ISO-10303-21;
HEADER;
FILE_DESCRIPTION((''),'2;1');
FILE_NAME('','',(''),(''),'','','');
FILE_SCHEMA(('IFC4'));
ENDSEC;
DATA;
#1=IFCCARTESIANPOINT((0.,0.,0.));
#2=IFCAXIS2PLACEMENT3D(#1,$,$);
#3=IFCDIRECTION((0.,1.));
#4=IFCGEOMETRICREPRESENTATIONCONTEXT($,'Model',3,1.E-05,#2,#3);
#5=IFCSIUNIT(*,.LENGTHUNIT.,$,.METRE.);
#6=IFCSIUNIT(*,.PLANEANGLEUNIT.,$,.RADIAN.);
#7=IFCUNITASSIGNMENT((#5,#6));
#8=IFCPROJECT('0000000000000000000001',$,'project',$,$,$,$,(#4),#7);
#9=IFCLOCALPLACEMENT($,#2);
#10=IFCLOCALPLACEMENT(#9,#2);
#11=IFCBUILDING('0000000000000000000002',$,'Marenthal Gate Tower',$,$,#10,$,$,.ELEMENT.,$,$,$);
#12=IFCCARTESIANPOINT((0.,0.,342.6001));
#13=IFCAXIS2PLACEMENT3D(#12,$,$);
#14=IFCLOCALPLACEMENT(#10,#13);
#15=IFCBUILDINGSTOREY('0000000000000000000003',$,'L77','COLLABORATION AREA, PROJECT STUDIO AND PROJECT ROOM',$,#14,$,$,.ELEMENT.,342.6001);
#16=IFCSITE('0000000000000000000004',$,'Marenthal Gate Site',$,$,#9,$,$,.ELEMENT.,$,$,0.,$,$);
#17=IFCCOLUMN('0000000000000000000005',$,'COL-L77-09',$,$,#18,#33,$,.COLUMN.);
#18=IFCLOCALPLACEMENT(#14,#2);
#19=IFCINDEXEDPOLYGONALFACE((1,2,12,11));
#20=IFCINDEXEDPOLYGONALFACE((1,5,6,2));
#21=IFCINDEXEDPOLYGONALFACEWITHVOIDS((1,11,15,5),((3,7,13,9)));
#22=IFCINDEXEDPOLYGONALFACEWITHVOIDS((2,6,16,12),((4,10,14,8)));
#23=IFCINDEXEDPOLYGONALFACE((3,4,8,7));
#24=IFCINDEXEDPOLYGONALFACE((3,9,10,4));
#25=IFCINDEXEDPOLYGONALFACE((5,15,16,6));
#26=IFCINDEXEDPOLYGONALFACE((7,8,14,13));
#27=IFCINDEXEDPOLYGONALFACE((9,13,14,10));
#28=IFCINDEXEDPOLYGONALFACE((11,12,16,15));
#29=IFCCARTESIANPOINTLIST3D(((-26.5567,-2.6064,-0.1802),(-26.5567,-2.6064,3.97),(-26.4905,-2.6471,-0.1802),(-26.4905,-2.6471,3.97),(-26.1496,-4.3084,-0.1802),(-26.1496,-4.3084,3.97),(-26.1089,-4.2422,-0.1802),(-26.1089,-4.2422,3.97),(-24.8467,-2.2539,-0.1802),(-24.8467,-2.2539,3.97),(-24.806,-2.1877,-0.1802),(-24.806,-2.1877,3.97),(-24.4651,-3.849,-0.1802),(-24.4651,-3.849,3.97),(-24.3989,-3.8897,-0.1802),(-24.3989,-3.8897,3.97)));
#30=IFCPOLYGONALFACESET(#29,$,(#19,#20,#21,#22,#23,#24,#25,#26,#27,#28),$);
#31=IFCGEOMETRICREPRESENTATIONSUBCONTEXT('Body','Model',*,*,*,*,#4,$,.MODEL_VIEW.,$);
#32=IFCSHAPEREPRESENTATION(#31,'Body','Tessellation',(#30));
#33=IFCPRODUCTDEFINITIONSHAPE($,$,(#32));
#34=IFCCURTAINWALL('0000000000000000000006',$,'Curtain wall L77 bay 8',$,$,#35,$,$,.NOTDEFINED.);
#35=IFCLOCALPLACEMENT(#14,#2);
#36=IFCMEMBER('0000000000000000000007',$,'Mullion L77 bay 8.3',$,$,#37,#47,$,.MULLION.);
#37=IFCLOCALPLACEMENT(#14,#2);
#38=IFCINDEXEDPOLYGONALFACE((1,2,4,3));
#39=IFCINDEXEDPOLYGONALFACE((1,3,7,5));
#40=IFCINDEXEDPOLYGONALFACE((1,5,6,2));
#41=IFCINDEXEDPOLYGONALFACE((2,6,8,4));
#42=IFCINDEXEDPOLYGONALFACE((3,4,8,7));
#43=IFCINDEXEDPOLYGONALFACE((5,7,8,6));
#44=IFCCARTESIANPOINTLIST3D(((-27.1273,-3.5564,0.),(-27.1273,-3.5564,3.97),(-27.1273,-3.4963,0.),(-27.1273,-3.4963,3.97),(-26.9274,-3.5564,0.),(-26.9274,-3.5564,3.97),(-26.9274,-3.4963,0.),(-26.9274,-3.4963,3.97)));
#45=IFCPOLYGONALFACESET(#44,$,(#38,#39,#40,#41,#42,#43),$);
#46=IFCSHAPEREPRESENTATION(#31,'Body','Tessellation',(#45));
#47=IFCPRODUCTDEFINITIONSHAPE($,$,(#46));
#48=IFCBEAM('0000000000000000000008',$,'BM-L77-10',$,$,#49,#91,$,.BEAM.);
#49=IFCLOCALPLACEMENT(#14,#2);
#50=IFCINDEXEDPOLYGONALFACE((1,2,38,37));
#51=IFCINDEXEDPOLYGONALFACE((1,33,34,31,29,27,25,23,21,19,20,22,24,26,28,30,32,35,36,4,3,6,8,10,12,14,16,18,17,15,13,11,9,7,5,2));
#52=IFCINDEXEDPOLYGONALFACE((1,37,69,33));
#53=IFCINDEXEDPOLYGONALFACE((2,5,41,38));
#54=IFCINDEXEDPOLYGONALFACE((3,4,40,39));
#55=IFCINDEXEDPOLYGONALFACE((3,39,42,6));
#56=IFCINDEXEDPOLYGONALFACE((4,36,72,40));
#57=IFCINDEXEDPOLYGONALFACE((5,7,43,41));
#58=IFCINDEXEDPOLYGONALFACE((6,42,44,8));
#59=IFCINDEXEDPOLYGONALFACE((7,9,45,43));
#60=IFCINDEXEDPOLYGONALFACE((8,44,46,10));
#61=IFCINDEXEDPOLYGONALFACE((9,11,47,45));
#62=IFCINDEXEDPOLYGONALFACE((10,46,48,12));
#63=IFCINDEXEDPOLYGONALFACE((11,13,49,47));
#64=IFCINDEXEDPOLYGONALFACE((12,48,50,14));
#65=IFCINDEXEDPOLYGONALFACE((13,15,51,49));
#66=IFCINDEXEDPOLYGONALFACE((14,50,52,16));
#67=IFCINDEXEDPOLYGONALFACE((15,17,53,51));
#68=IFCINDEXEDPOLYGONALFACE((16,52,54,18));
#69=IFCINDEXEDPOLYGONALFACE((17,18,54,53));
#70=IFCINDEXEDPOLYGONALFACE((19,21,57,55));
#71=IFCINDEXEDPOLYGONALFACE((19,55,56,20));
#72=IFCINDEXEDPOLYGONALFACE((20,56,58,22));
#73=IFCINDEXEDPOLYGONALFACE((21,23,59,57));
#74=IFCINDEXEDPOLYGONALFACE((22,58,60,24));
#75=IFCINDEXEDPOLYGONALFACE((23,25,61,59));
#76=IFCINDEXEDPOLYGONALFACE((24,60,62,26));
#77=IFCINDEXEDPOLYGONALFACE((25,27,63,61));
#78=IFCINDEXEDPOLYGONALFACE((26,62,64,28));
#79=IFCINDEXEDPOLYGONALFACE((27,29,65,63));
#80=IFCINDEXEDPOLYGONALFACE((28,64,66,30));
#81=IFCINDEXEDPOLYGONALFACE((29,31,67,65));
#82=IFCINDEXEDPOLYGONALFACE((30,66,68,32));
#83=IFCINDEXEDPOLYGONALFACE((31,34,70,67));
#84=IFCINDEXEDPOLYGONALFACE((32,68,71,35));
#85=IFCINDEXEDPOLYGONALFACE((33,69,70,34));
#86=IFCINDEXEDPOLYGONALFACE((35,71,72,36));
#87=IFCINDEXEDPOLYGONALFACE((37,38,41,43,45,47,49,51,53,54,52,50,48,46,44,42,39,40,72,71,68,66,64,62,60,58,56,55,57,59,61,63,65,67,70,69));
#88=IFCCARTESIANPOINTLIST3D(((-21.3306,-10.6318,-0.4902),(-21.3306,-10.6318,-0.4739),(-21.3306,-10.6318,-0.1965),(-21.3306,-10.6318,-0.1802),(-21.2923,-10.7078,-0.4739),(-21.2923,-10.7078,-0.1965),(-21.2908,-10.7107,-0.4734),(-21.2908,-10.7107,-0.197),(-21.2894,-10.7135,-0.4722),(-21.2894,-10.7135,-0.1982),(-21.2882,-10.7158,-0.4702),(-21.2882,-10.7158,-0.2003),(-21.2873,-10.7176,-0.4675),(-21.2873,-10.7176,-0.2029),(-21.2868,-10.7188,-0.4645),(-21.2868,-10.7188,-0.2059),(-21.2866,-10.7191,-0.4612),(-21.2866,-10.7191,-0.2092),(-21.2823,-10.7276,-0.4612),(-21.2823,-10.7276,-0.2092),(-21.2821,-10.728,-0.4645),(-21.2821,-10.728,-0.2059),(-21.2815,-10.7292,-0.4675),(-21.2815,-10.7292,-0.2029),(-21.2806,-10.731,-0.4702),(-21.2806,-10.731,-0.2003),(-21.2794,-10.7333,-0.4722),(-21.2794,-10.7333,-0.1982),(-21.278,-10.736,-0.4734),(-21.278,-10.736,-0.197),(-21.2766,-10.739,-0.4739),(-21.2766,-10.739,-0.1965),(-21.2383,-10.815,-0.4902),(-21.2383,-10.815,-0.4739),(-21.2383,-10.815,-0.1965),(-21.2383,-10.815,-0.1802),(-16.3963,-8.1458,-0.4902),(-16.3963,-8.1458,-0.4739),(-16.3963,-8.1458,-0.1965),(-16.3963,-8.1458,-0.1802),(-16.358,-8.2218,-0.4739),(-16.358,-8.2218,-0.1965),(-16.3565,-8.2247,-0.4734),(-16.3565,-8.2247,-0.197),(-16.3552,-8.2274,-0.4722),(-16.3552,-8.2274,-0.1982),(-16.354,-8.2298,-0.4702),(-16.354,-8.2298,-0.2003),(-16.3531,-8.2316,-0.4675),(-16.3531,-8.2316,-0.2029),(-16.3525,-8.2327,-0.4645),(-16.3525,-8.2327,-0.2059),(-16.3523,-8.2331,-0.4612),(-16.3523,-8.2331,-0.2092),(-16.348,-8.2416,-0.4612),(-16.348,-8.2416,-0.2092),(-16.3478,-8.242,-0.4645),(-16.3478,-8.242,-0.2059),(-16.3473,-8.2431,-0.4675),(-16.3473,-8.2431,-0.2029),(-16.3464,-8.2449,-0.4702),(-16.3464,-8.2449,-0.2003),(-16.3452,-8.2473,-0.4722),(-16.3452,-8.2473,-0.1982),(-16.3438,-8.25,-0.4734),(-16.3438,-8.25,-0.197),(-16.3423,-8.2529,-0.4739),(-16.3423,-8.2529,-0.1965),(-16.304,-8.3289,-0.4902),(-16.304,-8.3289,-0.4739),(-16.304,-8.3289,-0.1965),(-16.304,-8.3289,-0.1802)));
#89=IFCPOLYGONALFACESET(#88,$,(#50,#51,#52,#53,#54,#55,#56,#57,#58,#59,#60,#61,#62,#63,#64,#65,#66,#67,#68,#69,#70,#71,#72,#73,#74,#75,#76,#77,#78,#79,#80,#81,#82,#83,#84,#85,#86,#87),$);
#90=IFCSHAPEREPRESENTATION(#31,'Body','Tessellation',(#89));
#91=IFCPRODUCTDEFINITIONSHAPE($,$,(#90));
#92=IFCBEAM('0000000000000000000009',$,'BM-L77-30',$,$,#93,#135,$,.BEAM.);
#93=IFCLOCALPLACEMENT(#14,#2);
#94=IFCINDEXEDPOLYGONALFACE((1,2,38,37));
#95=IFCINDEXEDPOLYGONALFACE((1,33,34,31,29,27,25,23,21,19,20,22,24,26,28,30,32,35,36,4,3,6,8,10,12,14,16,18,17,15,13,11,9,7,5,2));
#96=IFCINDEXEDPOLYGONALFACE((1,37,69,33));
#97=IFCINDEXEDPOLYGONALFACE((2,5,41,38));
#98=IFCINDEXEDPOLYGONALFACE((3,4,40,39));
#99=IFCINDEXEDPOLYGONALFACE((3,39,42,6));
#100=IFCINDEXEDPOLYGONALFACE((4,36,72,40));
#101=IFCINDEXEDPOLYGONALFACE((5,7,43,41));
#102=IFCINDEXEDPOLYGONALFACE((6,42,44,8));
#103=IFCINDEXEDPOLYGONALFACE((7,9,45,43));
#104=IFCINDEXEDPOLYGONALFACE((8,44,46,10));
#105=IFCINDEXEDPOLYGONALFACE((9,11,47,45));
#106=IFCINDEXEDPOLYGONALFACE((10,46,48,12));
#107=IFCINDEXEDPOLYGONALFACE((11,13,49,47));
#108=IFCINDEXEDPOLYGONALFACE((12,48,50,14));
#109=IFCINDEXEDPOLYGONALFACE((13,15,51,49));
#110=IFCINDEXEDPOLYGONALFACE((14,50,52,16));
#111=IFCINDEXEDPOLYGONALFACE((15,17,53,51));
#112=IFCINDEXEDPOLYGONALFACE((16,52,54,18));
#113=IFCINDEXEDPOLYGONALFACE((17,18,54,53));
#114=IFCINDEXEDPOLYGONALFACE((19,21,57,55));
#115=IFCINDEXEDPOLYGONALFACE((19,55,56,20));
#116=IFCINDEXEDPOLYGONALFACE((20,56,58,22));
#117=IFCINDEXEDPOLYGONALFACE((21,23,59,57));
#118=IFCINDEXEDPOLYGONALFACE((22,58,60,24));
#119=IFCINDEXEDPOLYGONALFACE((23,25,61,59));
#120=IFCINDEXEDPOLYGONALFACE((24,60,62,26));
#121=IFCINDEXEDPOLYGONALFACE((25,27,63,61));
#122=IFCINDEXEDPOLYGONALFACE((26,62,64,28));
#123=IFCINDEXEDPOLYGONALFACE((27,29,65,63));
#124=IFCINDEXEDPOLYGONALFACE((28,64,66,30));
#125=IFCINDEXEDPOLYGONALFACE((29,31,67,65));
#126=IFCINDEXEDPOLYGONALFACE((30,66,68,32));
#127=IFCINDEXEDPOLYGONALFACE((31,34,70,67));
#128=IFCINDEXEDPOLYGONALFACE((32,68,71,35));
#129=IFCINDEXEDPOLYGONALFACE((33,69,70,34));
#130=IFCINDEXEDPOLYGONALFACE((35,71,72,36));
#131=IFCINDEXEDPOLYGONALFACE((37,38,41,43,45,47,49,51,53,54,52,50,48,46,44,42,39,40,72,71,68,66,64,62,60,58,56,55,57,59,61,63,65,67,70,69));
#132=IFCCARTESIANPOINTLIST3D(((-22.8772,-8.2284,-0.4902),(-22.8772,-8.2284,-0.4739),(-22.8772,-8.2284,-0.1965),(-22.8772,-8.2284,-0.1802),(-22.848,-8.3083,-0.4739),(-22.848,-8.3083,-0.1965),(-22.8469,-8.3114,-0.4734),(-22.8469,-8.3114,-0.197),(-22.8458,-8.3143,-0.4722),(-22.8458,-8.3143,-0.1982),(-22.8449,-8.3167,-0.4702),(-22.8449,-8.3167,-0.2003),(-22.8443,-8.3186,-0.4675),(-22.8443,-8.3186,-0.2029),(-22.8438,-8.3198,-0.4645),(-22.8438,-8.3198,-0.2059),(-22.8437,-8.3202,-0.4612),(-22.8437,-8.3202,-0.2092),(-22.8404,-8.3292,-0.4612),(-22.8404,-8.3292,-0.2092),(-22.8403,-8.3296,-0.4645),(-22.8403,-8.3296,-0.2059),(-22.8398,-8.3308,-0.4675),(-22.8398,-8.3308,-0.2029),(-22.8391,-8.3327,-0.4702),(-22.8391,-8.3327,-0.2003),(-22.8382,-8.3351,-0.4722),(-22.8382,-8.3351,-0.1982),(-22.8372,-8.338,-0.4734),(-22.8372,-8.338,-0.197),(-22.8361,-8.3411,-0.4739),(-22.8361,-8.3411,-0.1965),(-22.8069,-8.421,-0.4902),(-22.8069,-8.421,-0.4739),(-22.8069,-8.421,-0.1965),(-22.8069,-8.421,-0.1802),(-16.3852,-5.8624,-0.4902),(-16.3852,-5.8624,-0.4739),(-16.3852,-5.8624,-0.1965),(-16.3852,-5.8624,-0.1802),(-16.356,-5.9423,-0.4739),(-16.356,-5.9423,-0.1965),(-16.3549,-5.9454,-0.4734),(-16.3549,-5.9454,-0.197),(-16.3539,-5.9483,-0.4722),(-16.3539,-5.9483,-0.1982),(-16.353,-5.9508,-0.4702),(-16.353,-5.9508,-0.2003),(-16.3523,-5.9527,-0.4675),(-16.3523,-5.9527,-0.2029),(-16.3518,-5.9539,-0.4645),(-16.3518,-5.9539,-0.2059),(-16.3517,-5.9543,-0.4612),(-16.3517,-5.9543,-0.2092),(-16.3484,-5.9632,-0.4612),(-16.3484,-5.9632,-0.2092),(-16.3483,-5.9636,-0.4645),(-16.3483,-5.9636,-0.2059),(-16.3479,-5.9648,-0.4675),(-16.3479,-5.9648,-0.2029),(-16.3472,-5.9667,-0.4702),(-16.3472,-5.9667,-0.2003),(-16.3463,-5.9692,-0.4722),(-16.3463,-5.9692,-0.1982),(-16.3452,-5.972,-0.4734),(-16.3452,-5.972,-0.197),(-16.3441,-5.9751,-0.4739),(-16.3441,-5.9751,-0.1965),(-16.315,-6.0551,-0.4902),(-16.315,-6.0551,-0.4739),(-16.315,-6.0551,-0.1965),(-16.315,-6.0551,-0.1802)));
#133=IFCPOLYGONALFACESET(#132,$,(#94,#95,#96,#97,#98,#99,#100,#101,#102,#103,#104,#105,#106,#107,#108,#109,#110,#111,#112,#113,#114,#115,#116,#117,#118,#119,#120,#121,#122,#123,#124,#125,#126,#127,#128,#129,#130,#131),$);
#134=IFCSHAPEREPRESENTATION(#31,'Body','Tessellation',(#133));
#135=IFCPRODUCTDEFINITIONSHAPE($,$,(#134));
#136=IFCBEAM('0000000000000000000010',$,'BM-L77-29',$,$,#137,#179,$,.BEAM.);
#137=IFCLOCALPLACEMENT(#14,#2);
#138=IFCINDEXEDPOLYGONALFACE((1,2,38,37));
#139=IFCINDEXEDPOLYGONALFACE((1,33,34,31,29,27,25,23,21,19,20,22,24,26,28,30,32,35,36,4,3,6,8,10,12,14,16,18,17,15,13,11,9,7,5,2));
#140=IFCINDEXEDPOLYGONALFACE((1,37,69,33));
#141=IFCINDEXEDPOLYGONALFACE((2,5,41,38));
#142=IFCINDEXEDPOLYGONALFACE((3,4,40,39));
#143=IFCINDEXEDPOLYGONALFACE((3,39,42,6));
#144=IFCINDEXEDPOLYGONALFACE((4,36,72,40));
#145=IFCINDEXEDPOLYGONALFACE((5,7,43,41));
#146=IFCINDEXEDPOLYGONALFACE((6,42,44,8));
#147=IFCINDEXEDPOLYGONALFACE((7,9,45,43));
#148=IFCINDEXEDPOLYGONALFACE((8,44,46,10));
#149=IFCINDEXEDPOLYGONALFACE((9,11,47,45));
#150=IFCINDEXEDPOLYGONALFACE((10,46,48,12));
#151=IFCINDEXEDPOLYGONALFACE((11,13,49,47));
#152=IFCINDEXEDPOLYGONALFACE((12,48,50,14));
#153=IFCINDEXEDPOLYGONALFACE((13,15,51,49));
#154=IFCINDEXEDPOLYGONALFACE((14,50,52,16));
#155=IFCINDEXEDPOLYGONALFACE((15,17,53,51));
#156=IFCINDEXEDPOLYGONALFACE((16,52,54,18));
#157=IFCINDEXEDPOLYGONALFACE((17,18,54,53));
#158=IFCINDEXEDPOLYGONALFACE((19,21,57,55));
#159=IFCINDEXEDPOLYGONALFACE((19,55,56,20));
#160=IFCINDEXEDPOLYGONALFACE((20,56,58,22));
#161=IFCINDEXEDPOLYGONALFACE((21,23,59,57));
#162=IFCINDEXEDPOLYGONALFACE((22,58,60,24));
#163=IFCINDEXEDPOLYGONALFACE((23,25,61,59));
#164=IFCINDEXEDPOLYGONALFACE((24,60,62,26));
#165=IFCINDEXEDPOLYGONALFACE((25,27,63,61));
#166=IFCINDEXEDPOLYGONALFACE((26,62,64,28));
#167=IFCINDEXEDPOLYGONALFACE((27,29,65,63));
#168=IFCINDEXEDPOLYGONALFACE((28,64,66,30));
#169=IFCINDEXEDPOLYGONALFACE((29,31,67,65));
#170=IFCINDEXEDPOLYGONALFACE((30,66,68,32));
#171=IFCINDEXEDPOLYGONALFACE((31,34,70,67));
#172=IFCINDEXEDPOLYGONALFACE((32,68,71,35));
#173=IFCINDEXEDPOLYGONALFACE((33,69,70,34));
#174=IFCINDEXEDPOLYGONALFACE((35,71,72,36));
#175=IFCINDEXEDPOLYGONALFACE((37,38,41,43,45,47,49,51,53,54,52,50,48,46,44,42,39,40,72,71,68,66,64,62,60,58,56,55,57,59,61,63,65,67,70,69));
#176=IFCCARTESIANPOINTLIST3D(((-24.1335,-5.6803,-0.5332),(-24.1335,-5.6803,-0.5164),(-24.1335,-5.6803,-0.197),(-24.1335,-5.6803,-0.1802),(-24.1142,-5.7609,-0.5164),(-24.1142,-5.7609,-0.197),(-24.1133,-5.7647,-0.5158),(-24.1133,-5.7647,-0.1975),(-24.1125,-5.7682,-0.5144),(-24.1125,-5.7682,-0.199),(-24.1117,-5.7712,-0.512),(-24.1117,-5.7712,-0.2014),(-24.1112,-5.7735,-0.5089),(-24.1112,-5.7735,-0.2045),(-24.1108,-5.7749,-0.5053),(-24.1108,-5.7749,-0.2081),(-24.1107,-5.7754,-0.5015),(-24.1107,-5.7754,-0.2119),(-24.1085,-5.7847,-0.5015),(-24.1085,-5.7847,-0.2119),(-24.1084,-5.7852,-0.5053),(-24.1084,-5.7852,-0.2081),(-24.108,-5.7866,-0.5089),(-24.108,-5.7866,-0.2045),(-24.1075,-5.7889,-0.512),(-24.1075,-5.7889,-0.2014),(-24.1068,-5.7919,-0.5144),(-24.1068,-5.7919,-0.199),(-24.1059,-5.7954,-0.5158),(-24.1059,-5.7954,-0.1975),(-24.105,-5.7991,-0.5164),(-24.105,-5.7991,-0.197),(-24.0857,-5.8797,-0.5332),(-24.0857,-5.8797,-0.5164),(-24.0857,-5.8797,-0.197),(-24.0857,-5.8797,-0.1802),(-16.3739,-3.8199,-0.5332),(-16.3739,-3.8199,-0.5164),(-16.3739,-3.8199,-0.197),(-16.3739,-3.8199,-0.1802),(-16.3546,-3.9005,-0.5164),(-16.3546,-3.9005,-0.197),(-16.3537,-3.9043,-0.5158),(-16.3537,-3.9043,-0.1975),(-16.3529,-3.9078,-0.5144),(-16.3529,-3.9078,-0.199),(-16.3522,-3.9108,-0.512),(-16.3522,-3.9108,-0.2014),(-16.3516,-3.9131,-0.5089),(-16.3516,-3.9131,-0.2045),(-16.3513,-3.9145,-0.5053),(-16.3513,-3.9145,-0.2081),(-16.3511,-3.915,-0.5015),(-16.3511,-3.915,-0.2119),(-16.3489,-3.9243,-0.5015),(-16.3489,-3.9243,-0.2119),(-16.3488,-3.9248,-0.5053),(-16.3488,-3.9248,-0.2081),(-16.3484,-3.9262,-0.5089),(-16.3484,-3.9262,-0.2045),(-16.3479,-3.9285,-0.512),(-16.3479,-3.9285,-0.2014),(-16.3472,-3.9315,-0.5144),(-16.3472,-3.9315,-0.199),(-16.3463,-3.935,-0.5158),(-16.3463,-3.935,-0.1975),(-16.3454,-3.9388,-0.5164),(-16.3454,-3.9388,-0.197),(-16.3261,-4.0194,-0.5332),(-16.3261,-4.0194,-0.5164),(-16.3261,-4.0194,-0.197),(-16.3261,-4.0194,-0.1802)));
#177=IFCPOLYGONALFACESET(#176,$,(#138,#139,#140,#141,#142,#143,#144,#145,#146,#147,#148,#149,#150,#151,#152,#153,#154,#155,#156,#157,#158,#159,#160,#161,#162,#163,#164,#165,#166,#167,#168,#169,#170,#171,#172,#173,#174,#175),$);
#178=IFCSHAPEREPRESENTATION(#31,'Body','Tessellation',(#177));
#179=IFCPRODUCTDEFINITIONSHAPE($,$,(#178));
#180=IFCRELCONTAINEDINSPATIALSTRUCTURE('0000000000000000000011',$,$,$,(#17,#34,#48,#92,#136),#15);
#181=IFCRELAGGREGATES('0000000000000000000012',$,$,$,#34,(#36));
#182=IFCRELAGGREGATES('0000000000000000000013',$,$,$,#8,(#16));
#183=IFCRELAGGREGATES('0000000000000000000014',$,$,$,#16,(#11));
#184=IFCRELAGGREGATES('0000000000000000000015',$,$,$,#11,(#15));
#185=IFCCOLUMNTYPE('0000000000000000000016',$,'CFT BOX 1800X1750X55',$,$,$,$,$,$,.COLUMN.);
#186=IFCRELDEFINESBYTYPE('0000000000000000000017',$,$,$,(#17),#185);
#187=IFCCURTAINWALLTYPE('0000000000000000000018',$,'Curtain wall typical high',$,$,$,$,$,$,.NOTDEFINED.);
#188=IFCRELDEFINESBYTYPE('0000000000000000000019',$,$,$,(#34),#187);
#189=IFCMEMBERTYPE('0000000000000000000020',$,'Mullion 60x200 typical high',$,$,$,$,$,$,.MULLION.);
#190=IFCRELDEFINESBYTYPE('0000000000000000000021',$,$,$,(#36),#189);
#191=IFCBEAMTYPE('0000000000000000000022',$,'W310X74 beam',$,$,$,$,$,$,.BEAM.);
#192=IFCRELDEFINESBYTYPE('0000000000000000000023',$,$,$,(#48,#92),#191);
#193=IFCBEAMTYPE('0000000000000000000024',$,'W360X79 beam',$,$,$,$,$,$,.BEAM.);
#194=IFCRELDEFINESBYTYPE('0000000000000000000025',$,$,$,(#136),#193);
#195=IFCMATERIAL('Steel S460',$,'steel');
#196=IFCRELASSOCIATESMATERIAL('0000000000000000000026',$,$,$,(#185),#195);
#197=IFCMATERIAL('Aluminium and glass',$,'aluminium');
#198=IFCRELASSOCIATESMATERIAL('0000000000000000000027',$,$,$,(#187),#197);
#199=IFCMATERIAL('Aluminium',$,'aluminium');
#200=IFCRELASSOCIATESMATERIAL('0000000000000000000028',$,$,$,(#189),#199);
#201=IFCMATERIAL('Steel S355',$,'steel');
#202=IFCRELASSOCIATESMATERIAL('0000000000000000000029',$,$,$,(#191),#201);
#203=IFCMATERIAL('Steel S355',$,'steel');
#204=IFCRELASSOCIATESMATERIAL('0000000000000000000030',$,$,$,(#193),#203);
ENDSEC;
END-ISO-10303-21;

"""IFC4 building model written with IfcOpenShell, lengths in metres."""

from ifc_helpers import new_model, si_unit, direction, frame, origin, origin_2d, place, context, subcontext, project, spatial, rectangle, hollow_rectangle, i_section, extrude, material, material_profile, profile_set, type_object, element, aggregate, save


model = new_model("IFC4")

# Units and contexts
model_context = context("Model", 3, precision=1e-05, world=origin(), true_north=direction((0.0, 1.0)))
body_context = subcontext(model_context, "Body", "Model", "MODEL_VIEW")
ifc_project = project(units=[si_unit("LENGTHUNIT", "METRE"), si_unit("PLANEANGLEUNIT", "RADIAN")], contexts=[model_context])

# Site, building, storey
site_placement = place(None, origin())
site = spatial("IfcSite", under=ifc_project, at=site_placement, Name="Marenthal Gate Site", CompositionType="ELEMENT", RefElevation=0.0)
building_placement = place(site_placement, origin())
building = spatial("IfcBuilding", under=site, at=building_placement, Name="Marenthal Gate Tower", CompositionType="ELEMENT")
storey_placement = place(building_placement, frame((0.0, 0.0, 342.6001)))
storey = spatial("IfcBuildingStorey", under=building, at=storey_placement, Name="L77", Description="COLLABORATION AREA, PROJECT STUDIO AND PROJECT ROOM", CompositionType="ELEMENT", Elevation=342.6001)

# Column
ifc_material_1 = material(Name="Steel S460", Category="steel")
ifc_material_profile_1 = material_profile(ifc_material_1, hollow_rectangle(XDim=1.75, YDim=1.8, WallThickness=0.0549, at=origin_2d()), Name="CFT BOX 1800X1750X55")
ifc_material_2 = material(Name="Concrete 70 MPa", Category="concrete")
ifc_material_profile_2 = material_profile(ifc_material_2, rectangle(XDim=1.6399, YDim=1.6899, at=origin_2d()), Name="CFT BOX 1800X1750X55 INFILL")
ifc_profile_set_1 = profile_set([ifc_material_profile_1, ifc_material_profile_2], Name="Steel S460 shell, Concrete 70 MPa infill")
column_type = type_object("IfcColumnType", Name="CFT BOX 1800X1750X55", PredefinedType="COLUMN", material=ifc_profile_set_1)
column_placement = place(storey_placement, frame((-25.4778, -3.248, -0.1802), z_axis=(0.0, 0.0, 1.0), x_axis=(-0.232643, 0.972562, 0.0)))
element("IfcColumn", 1, at=column_placement, inside=storey, type_object=column_type, Name="COL-L77-09", PredefinedType="COLUMN", context=body_context, shape_type="SweptSolid", body=[
    extrude(hollow_rectangle(XDim=1.75, YDim=1.8, WallThickness=0.0549, at=origin_2d()), origin(), (0.0, 0.0, 1.0), 4.1501),
])

# Curtain wall, member
ifc_material_3 = material(Name="Aluminium and glass", Category="aluminium")
curtain_wall_type = type_object("IfcCurtainWallType", Name="Curtain wall typical high", PredefinedType="NOTDEFINED", material=ifc_material_3)
curtain_wall_placement = place(storey_placement, origin())
curtain_wall = element("IfcCurtainWall", 2, at=curtain_wall_placement, inside=storey, type_object=curtain_wall_type, Name="Curtain wall L77 bay 8", PredefinedType="NOTDEFINED")
ifc_material_4 = material(Name="Aluminium", Category="aluminium")
ifc_material_profile_3 = material_profile(ifc_material_4, rectangle(XDim=0.2, YDim=0.0601, at=origin_2d()), Name="60x200 aluminium mullion")
ifc_profile_set_2 = profile_set([ifc_material_profile_3], Name="Aluminium")
member_type = type_object("IfcMemberType", Name="Mullion 60x200 typical high", PredefinedType="MULLION", material=ifc_profile_set_2)
member_placement = place(storey_placement, frame((-27.0273, -3.5264, 0.0), z_axis=(0.0, 0.0, 1.0), x_axis=(1.0, 0.0, 0.0)))
member = element("IfcMember", 3, at=member_placement, type_object=member_type, Name="Mullion L77 bay 8.3", PredefinedType="MULLION", context=body_context, shape_type="SweptSolid", body=[
    extrude(rectangle(XDim=0.2, YDim=0.0601, at=origin_2d()), origin(), (0.0, 0.0, 1.0), 3.97),
])

# Beams
ifc_material_5 = material(Name="Steel S355", Category="steel")
ifc_material_profile_4 = material_profile(ifc_material_5, i_section(OverallWidth=0.2051, OverallDepth=0.3101, WebThickness=0.0095, FlangeThickness=0.0164, FilletRadius=0.0127, at=origin_2d()), Name="W310X74")
ifc_profile_set_3 = profile_set([ifc_material_profile_4], Name="Steel S355")
beam_type_1 = type_object("IfcBeamType", Name="W310X74 beam", PredefinedType="BEAM", material=ifc_profile_set_3)
beam_1_placement = place(storey_placement, frame((-21.2844, -10.7234, -0.3352), z_axis=(0.893053, 0.449951, 0.0), x_axis=(-0.449951, 0.893053, 0.0)))
element("IfcBeam", 4, at=beam_1_placement, inside=storey, type_object=beam_type_1, Name="BM-L77-10", PredefinedType="BEAM", context=body_context, shape_type="SweptSolid", body=[
    extrude(i_section(OverallWidth=0.2051, OverallDepth=0.3101, WebThickness=0.0095, FlangeThickness=0.0164, FilletRadius=0.0127, at=origin_2d()), origin(), (0.0, 0.0, 1.0), 5.5251),
])
beam_2_placement = place(storey_placement, frame((-22.842, -8.3247, -0.3352), z_axis=(0.939549, 0.342415, 0.0), x_axis=(-0.342415, 0.939549, 0.0)))
element("IfcBeam", 5, at=beam_2_placement, inside=storey, type_object=beam_type_1, Name="BM-L77-30", PredefinedType="BEAM", context=body_context, shape_type="SweptSolid", body=[
    extrude(i_section(OverallWidth=0.2051, OverallDepth=0.3101, WebThickness=0.0095, FlangeThickness=0.0164, FilletRadius=0.0127, at=origin_2d()), origin(), (0.0, 0.0, 1.0), 6.9097),
])
ifc_material_6 = material(Name="Steel S355", Category="steel")
ifc_material_profile_5 = material_profile(ifc_material_6, i_section(OverallWidth=0.2051, OverallDepth=0.353, WebThickness=0.0095, FlangeThickness=0.0168, FilletRadius=0.0149, at=origin_2d()), Name="W360X79")
ifc_profile_set_4 = profile_set([ifc_material_profile_5], Name="Steel S355")
beam_type_2 = type_object("IfcBeamType", Name="W360X79 beam", PredefinedType="BEAM", material=ifc_profile_set_4)
beam_3_placement = place(storey_placement, frame((-24.1096, -5.78, -0.3567), z_axis=(0.972442, 0.233144, 0.0), x_axis=(-0.233144, 0.972442, 0.0)))
element("IfcBeam", 6, at=beam_3_placement, inside=storey, type_object=beam_type_2, Name="BM-L77-29", PredefinedType="BEAM", context=body_context, shape_type="SweptSolid", body=[
    extrude(i_section(OverallWidth=0.2051, OverallDepth=0.353, WebThickness=0.0095, FlangeThickness=0.0168, FilletRadius=0.0149, at=origin_2d()), origin(), (0.0, 0.0, 1.0), 7.9795),
])

aggregate(curtain_wall, [member])

save(model, "model.ifc")
